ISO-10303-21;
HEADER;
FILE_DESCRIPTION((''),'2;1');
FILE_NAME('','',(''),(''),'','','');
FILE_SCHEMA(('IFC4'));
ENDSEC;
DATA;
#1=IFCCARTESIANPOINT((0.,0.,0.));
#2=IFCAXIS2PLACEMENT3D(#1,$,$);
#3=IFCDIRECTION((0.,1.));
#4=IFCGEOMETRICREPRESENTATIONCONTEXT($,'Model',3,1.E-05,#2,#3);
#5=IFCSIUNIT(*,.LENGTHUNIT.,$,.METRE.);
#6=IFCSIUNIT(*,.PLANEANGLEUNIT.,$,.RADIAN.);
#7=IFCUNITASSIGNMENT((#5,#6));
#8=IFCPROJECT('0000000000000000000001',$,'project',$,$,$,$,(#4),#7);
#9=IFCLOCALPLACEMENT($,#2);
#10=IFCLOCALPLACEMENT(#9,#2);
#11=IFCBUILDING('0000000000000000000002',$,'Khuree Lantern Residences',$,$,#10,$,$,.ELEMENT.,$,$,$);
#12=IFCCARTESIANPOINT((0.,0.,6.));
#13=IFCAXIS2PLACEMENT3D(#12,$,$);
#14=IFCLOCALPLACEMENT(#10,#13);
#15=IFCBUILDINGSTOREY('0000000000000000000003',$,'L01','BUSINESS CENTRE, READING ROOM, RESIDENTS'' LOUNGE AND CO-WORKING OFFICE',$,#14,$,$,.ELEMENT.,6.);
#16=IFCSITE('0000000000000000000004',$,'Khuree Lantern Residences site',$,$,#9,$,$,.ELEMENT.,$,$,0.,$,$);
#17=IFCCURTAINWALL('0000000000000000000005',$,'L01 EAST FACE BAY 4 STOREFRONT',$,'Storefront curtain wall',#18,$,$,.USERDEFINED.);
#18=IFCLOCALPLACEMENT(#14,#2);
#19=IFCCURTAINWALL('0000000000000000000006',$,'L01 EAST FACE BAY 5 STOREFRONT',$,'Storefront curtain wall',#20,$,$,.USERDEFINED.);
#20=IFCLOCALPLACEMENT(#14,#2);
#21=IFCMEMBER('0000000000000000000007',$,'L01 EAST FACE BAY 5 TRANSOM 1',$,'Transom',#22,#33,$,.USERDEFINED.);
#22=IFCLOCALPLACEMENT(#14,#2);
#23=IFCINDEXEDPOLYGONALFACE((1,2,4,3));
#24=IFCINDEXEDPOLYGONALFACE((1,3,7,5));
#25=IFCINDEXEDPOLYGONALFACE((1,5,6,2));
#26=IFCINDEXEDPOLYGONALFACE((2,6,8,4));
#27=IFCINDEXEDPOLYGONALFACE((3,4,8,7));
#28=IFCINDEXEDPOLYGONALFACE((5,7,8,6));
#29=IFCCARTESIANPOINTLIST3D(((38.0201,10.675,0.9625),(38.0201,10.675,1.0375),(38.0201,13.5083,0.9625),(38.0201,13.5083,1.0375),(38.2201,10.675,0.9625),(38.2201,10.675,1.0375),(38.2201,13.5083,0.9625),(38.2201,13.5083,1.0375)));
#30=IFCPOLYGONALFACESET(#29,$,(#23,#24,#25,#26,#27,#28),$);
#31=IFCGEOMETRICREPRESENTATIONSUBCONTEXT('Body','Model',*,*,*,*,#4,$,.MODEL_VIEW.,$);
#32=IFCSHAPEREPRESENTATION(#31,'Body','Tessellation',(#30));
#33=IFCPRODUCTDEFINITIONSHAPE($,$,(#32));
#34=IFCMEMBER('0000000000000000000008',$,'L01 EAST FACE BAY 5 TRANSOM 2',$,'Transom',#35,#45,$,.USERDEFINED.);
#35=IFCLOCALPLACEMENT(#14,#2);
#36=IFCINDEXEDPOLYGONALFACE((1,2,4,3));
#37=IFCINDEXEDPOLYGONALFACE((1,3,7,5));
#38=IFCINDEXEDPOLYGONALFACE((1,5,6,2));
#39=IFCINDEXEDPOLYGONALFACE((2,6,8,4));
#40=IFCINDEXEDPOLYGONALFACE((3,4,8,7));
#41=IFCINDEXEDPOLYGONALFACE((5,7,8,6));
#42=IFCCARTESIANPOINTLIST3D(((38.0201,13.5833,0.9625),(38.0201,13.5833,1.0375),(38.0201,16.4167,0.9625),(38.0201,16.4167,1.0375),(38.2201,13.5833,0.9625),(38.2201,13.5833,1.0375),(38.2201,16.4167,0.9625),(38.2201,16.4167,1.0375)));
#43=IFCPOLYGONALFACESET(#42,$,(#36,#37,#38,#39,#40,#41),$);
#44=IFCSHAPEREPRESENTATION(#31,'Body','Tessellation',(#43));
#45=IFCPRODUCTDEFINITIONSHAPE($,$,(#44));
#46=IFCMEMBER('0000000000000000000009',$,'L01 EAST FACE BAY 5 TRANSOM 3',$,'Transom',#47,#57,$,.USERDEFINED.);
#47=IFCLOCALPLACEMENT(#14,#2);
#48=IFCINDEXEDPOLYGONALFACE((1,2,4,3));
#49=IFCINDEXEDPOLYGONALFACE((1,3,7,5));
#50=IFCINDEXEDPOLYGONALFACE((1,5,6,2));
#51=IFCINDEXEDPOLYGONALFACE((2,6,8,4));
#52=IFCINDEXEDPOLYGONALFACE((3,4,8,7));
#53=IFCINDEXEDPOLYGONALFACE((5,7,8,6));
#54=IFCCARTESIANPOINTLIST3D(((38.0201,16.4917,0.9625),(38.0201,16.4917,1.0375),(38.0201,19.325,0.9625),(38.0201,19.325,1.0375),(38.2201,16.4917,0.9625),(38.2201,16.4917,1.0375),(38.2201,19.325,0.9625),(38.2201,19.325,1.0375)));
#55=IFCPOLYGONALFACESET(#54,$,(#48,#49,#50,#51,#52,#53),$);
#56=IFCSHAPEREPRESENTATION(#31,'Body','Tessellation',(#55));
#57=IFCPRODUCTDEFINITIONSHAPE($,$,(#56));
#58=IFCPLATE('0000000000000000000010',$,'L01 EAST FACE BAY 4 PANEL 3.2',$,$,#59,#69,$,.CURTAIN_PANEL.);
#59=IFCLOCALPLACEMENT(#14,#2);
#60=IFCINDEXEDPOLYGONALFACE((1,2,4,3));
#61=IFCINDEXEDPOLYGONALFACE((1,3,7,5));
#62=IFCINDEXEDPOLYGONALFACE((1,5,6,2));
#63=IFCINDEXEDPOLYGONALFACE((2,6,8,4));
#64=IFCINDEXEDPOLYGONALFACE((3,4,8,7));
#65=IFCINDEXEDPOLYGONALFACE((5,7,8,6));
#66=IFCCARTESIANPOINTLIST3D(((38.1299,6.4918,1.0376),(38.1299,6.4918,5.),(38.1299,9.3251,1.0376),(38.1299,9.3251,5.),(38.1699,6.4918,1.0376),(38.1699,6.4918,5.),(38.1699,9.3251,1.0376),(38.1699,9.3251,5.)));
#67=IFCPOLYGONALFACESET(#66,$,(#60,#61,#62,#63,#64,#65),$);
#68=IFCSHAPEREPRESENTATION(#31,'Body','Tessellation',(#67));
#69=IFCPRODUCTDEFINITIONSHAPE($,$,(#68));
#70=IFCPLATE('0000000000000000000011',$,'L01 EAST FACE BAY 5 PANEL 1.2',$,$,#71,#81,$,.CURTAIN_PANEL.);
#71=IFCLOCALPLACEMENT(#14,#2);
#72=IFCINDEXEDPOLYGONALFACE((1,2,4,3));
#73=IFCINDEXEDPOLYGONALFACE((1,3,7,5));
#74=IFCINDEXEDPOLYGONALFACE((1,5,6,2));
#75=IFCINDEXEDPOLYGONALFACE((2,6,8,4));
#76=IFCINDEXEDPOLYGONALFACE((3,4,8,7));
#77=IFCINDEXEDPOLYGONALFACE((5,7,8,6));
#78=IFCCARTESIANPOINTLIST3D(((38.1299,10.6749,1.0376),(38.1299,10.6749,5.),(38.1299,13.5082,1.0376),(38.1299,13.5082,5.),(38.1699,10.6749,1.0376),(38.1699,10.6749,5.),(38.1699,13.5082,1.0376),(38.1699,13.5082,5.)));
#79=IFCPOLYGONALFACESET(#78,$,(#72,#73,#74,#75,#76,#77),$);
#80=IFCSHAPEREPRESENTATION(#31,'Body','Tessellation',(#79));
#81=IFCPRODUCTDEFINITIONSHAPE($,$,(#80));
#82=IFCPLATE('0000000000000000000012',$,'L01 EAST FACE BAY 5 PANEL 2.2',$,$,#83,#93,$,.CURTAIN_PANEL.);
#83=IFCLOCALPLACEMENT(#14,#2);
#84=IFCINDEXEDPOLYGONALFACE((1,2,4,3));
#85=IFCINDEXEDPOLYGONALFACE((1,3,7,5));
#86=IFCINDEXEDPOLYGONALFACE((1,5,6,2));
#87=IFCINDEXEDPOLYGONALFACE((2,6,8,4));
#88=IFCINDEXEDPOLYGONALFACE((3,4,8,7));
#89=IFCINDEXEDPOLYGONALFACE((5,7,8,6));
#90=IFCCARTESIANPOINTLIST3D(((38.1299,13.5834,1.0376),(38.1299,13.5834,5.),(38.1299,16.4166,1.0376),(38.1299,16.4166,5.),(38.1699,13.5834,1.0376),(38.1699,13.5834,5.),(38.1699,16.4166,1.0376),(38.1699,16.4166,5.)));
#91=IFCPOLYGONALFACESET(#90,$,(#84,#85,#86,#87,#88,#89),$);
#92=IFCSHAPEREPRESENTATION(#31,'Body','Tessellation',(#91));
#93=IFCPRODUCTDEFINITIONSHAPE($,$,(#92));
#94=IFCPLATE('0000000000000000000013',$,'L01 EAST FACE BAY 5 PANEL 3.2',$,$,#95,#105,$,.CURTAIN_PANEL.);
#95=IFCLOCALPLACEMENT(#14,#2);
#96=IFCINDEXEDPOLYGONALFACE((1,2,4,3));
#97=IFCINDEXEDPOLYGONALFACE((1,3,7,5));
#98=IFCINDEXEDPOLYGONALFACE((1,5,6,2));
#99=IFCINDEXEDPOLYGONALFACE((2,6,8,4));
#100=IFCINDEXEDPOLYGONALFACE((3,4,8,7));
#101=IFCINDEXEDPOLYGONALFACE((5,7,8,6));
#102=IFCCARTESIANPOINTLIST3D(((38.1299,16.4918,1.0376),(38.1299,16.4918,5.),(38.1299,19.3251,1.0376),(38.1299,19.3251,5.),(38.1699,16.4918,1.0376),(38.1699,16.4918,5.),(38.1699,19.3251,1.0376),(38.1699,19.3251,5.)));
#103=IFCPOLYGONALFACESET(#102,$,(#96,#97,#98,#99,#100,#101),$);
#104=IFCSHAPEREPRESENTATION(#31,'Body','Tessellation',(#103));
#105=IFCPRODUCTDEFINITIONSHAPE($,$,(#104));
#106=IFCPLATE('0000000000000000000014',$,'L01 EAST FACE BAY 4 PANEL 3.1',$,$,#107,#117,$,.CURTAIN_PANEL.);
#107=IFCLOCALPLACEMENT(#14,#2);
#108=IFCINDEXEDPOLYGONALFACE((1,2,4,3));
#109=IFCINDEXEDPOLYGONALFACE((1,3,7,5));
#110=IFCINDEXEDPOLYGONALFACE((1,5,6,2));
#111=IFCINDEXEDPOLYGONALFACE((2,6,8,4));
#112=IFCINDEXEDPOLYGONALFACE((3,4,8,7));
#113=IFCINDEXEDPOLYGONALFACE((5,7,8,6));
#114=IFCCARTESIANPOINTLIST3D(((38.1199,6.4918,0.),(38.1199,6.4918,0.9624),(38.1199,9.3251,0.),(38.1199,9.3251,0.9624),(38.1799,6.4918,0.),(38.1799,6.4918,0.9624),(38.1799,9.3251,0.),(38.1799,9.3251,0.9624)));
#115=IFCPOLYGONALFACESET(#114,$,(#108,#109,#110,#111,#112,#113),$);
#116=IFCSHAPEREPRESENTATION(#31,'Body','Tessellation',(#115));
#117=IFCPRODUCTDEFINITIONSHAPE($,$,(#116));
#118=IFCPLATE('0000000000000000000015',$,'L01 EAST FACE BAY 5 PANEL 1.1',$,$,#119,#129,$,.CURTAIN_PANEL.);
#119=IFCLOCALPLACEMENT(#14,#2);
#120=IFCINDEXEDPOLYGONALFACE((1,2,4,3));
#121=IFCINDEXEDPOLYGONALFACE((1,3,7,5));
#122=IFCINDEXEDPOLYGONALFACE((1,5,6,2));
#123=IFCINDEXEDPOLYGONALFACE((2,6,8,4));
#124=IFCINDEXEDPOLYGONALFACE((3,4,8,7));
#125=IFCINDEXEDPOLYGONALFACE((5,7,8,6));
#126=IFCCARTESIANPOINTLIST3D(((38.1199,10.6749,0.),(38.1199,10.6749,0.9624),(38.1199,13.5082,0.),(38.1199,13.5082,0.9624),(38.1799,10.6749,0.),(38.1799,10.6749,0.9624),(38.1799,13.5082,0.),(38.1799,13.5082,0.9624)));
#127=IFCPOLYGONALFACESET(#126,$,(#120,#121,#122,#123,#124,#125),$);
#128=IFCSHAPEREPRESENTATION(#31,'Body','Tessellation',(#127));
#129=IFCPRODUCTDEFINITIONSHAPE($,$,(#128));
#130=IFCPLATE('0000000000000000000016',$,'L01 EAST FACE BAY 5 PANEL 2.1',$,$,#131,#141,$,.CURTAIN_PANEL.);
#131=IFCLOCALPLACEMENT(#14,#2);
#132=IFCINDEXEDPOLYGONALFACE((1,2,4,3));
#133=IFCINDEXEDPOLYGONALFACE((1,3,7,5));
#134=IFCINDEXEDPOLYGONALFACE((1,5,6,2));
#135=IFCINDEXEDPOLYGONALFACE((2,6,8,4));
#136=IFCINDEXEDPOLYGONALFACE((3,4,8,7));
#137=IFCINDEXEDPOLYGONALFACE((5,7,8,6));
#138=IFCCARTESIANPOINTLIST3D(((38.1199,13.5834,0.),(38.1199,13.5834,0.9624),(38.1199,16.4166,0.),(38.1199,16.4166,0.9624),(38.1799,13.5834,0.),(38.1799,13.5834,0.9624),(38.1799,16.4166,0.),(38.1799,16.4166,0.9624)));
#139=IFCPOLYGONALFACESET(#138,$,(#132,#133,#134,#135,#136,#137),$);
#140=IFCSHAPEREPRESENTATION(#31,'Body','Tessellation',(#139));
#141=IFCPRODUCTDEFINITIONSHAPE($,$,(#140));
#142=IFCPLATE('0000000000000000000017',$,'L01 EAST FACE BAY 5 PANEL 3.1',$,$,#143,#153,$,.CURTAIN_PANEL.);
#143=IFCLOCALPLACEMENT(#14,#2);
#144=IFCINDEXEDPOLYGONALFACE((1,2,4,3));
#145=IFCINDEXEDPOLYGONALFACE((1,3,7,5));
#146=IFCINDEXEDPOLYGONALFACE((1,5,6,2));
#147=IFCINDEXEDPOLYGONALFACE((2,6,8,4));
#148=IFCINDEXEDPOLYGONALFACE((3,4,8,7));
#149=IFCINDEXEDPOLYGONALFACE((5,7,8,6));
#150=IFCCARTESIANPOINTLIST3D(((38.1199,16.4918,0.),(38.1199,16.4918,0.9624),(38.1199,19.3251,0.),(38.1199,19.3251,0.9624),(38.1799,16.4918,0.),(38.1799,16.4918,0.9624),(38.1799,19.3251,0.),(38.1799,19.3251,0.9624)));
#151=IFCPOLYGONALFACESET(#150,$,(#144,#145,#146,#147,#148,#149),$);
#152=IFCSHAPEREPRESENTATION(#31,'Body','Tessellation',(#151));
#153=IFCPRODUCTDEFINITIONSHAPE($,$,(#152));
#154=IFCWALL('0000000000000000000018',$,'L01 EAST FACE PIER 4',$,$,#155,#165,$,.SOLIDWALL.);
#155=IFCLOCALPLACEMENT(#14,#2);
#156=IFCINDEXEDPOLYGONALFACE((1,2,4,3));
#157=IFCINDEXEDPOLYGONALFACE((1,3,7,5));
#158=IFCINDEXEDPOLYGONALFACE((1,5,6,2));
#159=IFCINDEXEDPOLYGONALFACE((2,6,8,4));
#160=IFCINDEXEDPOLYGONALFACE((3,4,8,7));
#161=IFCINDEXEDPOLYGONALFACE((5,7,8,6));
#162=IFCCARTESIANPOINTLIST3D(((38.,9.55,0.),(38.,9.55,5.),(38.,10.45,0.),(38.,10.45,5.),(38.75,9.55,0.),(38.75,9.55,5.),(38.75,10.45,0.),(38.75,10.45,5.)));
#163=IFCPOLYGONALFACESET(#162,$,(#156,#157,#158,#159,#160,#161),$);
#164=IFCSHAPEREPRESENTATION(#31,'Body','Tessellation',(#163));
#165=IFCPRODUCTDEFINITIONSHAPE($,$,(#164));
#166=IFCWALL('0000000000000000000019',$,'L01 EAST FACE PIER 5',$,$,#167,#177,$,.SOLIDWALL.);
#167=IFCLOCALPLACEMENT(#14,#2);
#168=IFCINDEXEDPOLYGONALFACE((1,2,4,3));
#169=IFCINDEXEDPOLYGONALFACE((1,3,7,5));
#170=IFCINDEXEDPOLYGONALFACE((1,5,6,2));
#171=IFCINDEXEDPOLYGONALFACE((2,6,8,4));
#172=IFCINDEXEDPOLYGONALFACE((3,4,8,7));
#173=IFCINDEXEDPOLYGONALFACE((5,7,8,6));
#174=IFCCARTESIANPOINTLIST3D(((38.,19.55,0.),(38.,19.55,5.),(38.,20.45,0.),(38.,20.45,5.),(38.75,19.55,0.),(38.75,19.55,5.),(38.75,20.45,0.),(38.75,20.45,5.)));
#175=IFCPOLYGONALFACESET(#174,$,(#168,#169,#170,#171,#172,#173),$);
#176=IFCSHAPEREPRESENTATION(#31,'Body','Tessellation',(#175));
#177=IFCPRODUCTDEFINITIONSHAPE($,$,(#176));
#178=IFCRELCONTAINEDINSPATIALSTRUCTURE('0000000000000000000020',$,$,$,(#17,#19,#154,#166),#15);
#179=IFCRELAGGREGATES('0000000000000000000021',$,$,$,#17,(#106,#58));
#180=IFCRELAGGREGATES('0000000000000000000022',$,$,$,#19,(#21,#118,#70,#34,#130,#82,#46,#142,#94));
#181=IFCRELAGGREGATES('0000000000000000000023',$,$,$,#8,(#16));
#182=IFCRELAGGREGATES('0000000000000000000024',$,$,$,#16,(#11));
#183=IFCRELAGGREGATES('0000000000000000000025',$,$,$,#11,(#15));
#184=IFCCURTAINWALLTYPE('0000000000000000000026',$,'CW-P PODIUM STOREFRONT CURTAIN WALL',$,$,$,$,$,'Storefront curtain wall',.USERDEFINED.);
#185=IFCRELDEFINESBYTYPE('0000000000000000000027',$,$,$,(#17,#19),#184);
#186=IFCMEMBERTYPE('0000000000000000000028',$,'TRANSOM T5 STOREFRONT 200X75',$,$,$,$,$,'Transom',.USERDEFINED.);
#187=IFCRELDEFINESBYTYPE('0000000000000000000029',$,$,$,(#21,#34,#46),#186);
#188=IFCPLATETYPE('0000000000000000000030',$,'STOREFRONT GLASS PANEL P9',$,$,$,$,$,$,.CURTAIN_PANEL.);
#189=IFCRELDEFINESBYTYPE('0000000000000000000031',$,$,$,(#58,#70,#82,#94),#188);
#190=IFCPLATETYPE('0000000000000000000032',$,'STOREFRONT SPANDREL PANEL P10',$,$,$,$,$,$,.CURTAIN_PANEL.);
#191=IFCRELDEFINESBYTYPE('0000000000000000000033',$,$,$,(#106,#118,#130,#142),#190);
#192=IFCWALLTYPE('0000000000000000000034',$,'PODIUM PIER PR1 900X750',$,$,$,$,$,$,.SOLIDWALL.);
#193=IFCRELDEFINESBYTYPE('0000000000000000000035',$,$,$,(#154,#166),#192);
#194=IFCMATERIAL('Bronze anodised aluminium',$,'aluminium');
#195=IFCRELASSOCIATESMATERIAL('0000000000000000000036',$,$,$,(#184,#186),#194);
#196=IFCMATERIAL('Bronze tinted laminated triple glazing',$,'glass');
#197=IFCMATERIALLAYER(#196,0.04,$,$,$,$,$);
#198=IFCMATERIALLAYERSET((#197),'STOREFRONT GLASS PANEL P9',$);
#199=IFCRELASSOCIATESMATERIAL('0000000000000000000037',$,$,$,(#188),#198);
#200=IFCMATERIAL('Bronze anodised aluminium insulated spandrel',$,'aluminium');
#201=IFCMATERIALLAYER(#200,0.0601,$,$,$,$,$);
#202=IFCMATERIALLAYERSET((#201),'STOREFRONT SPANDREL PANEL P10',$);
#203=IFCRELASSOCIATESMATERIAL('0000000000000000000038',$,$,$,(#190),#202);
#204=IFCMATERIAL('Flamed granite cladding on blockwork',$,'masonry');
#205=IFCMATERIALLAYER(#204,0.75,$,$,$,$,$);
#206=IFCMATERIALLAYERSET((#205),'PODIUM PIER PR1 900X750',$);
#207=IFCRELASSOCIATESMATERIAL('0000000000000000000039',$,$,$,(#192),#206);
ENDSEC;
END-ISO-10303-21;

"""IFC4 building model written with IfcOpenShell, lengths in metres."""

from ifc_helpers import new_model, si_unit, direction, frame, frame_2d, origin, origin_2d, place, context, subcontext, project, spatial, rectangle, extrude, material, layer, layer_set, material_profile, profile_set, type_object, element, aggregate, save


model = new_model("IFC4")

# Units and contexts
model_context = context("Model", 3, precision=1e-05, world=origin(), true_north=direction((0.0, 1.0)))
body_context = subcontext(model_context, "Body", "Model", "MODEL_VIEW")
ifc_project = project(units=[si_unit("LENGTHUNIT", "METRE"), si_unit("PLANEANGLEUNIT", "RADIAN")], contexts=[model_context])

# Site, building, storey
site_placement = place(None, origin())
site = spatial("IfcSite", under=ifc_project, at=site_placement, Name="Khuree Lantern Residences site", CompositionType="ELEMENT", RefElevation=0.0)
building_placement = place(site_placement, origin())
building = spatial("IfcBuilding", under=site, at=building_placement, Name="Khuree Lantern Residences", CompositionType="ELEMENT")
storey_placement = place(building_placement, frame((0.0, 0.0, 6.0)))
storey = spatial("IfcBuildingStorey", under=building, at=storey_placement, Name="L01", Description="BUSINESS CENTRE, READING ROOM, RESIDENTS' LOUNGE AND CO-WORKING OFFICE", CompositionType="ELEMENT", Elevation=6.0)

# Curtain wall
ifc_material_1 = material(Name="Bronze anodised aluminium", Category="aluminium")
curtain_wall_type = type_object("IfcCurtainWallType", Name="CW-P PODIUM STOREFRONT CURTAIN WALL", ElementType="Storefront curtain wall", PredefinedType="USERDEFINED", material=ifc_material_1)
curtain_wall_1_placement = place(storey_placement, origin())
curtain_wall_1 = element("IfcCurtainWall", 1, at=curtain_wall_1_placement, inside=storey, type_object=curtain_wall_type, Name="L01 EAST FACE BAY 4 STOREFRONT", ObjectType="Storefront curtain wall", PredefinedType="USERDEFINED")

# Curtain wall
curtain_wall_2_placement = place(storey_placement, origin())
curtain_wall_2 = element("IfcCurtainWall", 2, at=curtain_wall_2_placement, inside=storey, type_object=curtain_wall_type, Name="L01 EAST FACE BAY 5 STOREFRONT", ObjectType="Storefront curtain wall", PredefinedType="USERDEFINED")

# Members
ifc_material_profile_1 = material_profile(ifc_material_1, rectangle(XDim=0.2, YDim=0.075, at=origin_2d()), Name="T5 200X75")
ifc_profile_set_1 = profile_set([ifc_material_profile_1], Name="Bronze anodised aluminium")
member_type_1 = type_object("IfcMemberType", Name="TRANSOM T5 STOREFRONT 200X75", ElementType="Transom", PredefinedType="USERDEFINED", material=ifc_profile_set_1)
member_1_placement = place(storey_placement, frame((38.1201, 10.675, 1.0), z_axis=(0.0, 1.0, 0.0), x_axis=(-1.0, 0.0, 0.0)))
member_1 = element("IfcMember", 3, at=member_1_placement, type_object=member_type_1, Name="L01 EAST FACE BAY 5 TRANSOM 1", ObjectType="Transom", PredefinedType="USERDEFINED", context=body_context, shape_type="SweptSolid", body=[
    extrude(rectangle(XDim=0.2, YDim=0.075, at=origin_2d()), origin(), (0.0, 0.0, 1.0), 2.8333),
])
member_2_placement = place(storey_placement, frame((38.1201, 13.5833, 1.0), z_axis=(0.0, 1.0, 0.0), x_axis=(-1.0, 0.0, 0.0)))
member_2 = element("IfcMember", 4, at=member_2_placement, type_object=member_type_1, Name="L01 EAST FACE BAY 5 TRANSOM 2", ObjectType="Transom", PredefinedType="USERDEFINED", context=body_context, shape_type="SweptSolid", body=[
    extrude(rectangle(XDim=0.2, YDim=0.075, at=origin_2d()), origin(), (0.0, 0.0, 1.0), 2.8335),
])
member_3_placement = place(storey_placement, frame((38.1201, 16.4917, 1.0), z_axis=(0.0, 1.0, 0.0), x_axis=(-1.0, 0.0, 0.0)))
member_3 = element("IfcMember", 5, at=member_3_placement, type_object=member_type_1, Name="L01 EAST FACE BAY 5 TRANSOM 3", ObjectType="Transom", PredefinedType="USERDEFINED", context=body_context, shape_type="SweptSolid", body=[
    extrude(rectangle(XDim=0.2, YDim=0.075, at=origin_2d()), origin(), (0.0, 0.0, 1.0), 2.8333),
])

# Plates
ifc_material_2 = material(Name="Bronze tinted laminated triple glazing", Category="glass")
ifc_layer_1 = layer(ifc_material_2, 0.04)
ifc_layer_set_1 = layer_set([ifc_layer_1], Name="STOREFRONT GLASS PANEL P9")
plate_type_1 = type_object("IfcPlateType", Name="STOREFRONT GLASS PANEL P9", PredefinedType="CURTAIN_PANEL", material=ifc_layer_set_1)
plate_1_placement = place(storey_placement, frame((38.1499, 7.9084, 1.0376), z_axis=(0.0, 0.0, 1.0), x_axis=(0.0, 1.0, 0.0)))
plate_1 = element("IfcPlate", 6, at=plate_1_placement, type_object=plate_type_1, Name="L01 EAST FACE BAY 4 PANEL 3.2", PredefinedType="CURTAIN_PANEL", context=body_context, shape_type="SweptSolid", body=[
    extrude(rectangle(XDim=2.8333, YDim=0.04, at=origin_2d()), origin(), (0.0, 0.0, 1.0), 3.9624),
])
plate_2_placement = place(storey_placement, frame((38.1499, 12.0916, 1.0376), z_axis=(0.0, 0.0, 1.0), x_axis=(0.0, 1.0, 0.0)))
plate_2 = element("IfcPlate", 7, at=plate_2_placement, type_object=plate_type_1, Name="L01 EAST FACE BAY 5 PANEL 1.2", PredefinedType="CURTAIN_PANEL", context=body_context, shape_type="SweptSolid", body=[
    extrude(rectangle(XDim=2.8333, YDim=0.04, at=origin_2d()), origin(), (0.0, 0.0, 1.0), 3.9624),
])
plate_3_placement = place(storey_placement, frame((38.1499, 15.0, 1.0376), z_axis=(0.0, 0.0, 1.0), x_axis=(0.0, 1.0, 0.0)))
plate_3 = element("IfcPlate", 8, at=plate_3_placement, type_object=plate_type_1, Name="L01 EAST FACE BAY 5 PANEL 2.2", PredefinedType="CURTAIN_PANEL", context=body_context, shape_type="SweptSolid", body=[
    extrude(rectangle(XDim=2.8333, YDim=0.04, at=origin_2d()), origin(), (0.0, 0.0, 1.0), 3.9624),
])
plate_4_placement = place(storey_placement, frame((38.1499, 17.9084, 1.0376), z_axis=(0.0, 0.0, 1.0), x_axis=(0.0, 1.0, 0.0)))
plate_4 = element("IfcPlate", 9, at=plate_4_placement, type_object=plate_type_1, Name="L01 EAST FACE BAY 5 PANEL 3.2", PredefinedType="CURTAIN_PANEL", context=body_context, shape_type="SweptSolid", body=[
    extrude(rectangle(XDim=2.8333, YDim=0.04, at=origin_2d()), origin(), (0.0, 0.0, 1.0), 3.9624),
])
ifc_material_3 = material(Name="Bronze anodised aluminium insulated spandrel", Category="aluminium")
ifc_layer_2 = layer(ifc_material_3, 0.0601)
ifc_layer_set_2 = layer_set([ifc_layer_2], Name="STOREFRONT SPANDREL PANEL P10")
plate_type_2 = type_object("IfcPlateType", Name="STOREFRONT SPANDREL PANEL P10", PredefinedType="CURTAIN_PANEL", material=ifc_layer_set_2)
plate_5_placement = place(storey_placement, frame((38.1499, 7.9084, 0.0), z_axis=(0.0, 0.0, 1.0), x_axis=(0.0, 1.0, 0.0)))
plate_5 = element("IfcPlate", 10, at=plate_5_placement, type_object=plate_type_2, Name="L01 EAST FACE BAY 4 PANEL 3.1", PredefinedType="CURTAIN_PANEL", context=body_context, shape_type="SweptSolid", body=[
    extrude(rectangle(XDim=2.8333, YDim=0.0601, at=origin_2d()), origin(), (0.0, 0.0, 1.0), 0.9624),
])
aggregate(curtain_wall_1, [plate_5, plate_1])
plate_6_placement = place(storey_placement, frame((38.1499, 12.0916, 0.0), z_axis=(0.0, 0.0, 1.0), x_axis=(0.0, 1.0, 0.0)))
plate_6 = element("IfcPlate", 11, at=plate_6_placement, type_object=plate_type_2, Name="L01 EAST FACE BAY 5 PANEL 1.1", PredefinedType="CURTAIN_PANEL", context=body_context, shape_type="SweptSolid", body=[
    extrude(rectangle(XDim=2.8333, YDim=0.0601, at=origin_2d()), origin(), (0.0, 0.0, 1.0), 0.9624),
])
plate_7_placement = place(storey_placement, frame((38.1499, 15.0, 0.0), z_axis=(0.0, 0.0, 1.0), x_axis=(0.0, 1.0, 0.0)))
plate_7 = element("IfcPlate", 12, at=plate_7_placement, type_object=plate_type_2, Name="L01 EAST FACE BAY 5 PANEL 2.1", PredefinedType="CURTAIN_PANEL", context=body_context, shape_type="SweptSolid", body=[
    extrude(rectangle(XDim=2.8333, YDim=0.0601, at=origin_2d()), origin(), (0.0, 0.0, 1.0), 0.9624),
])
plate_8_placement = place(storey_placement, frame((38.1499, 17.9084, 0.0), z_axis=(0.0, 0.0, 1.0), x_axis=(0.0, 1.0, 0.0)))
plate_8 = element("IfcPlate", 13, at=plate_8_placement, type_object=plate_type_2, Name="L01 EAST FACE BAY 5 PANEL 3.1", PredefinedType="CURTAIN_PANEL", context=body_context, shape_type="SweptSolid", body=[
    extrude(rectangle(XDim=2.8333, YDim=0.0601, at=origin_2d()), origin(), (0.0, 0.0, 1.0), 0.9624),
])
aggregate(curtain_wall_2, [member_1, plate_6, plate_2, member_2, plate_7, plate_3, member_3, plate_8, plate_4])

# Walls
ifc_material_4 = material(Name="Flamed granite cladding on blockwork", Category="masonry")
ifc_layer_3 = layer(ifc_material_4, 0.75)
ifc_layer_set_3 = layer_set([ifc_layer_3], Name="PODIUM PIER PR1 900X750")
wall_type = type_object("IfcWallType", Name="PODIUM PIER PR1 900X750", PredefinedType="SOLIDWALL", material=ifc_layer_set_3)
for number, where, z_axis, x_axis, name in (
    (14, (38.375, 9.55, 0.0), (0.0, 0.0, 1.0), (0.0, 1.0, 0.0), "L01 EAST FACE PIER 4"),
    (15, (38.375, 19.55, 0.0), (0.0, 0.0, 1.0), (0.0, 1.0, 0.0), "L01 EAST FACE PIER 5"),
):
    element("IfcWall", number, at=place(storey_placement, frame(where, z_axis=z_axis, x_axis=x_axis)), inside=storey, type_object=wall_type, Name=name, PredefinedType="SOLIDWALL", context=body_context, shape_type="SweptSolid", body=[
        extrude(rectangle(XDim=0.8999, YDim=0.75, at=frame_2d((0.45, 0.0))), origin(), (0.0, 0.0, 1.0), 5.0),
    ])

save(model, "model.ifc")
